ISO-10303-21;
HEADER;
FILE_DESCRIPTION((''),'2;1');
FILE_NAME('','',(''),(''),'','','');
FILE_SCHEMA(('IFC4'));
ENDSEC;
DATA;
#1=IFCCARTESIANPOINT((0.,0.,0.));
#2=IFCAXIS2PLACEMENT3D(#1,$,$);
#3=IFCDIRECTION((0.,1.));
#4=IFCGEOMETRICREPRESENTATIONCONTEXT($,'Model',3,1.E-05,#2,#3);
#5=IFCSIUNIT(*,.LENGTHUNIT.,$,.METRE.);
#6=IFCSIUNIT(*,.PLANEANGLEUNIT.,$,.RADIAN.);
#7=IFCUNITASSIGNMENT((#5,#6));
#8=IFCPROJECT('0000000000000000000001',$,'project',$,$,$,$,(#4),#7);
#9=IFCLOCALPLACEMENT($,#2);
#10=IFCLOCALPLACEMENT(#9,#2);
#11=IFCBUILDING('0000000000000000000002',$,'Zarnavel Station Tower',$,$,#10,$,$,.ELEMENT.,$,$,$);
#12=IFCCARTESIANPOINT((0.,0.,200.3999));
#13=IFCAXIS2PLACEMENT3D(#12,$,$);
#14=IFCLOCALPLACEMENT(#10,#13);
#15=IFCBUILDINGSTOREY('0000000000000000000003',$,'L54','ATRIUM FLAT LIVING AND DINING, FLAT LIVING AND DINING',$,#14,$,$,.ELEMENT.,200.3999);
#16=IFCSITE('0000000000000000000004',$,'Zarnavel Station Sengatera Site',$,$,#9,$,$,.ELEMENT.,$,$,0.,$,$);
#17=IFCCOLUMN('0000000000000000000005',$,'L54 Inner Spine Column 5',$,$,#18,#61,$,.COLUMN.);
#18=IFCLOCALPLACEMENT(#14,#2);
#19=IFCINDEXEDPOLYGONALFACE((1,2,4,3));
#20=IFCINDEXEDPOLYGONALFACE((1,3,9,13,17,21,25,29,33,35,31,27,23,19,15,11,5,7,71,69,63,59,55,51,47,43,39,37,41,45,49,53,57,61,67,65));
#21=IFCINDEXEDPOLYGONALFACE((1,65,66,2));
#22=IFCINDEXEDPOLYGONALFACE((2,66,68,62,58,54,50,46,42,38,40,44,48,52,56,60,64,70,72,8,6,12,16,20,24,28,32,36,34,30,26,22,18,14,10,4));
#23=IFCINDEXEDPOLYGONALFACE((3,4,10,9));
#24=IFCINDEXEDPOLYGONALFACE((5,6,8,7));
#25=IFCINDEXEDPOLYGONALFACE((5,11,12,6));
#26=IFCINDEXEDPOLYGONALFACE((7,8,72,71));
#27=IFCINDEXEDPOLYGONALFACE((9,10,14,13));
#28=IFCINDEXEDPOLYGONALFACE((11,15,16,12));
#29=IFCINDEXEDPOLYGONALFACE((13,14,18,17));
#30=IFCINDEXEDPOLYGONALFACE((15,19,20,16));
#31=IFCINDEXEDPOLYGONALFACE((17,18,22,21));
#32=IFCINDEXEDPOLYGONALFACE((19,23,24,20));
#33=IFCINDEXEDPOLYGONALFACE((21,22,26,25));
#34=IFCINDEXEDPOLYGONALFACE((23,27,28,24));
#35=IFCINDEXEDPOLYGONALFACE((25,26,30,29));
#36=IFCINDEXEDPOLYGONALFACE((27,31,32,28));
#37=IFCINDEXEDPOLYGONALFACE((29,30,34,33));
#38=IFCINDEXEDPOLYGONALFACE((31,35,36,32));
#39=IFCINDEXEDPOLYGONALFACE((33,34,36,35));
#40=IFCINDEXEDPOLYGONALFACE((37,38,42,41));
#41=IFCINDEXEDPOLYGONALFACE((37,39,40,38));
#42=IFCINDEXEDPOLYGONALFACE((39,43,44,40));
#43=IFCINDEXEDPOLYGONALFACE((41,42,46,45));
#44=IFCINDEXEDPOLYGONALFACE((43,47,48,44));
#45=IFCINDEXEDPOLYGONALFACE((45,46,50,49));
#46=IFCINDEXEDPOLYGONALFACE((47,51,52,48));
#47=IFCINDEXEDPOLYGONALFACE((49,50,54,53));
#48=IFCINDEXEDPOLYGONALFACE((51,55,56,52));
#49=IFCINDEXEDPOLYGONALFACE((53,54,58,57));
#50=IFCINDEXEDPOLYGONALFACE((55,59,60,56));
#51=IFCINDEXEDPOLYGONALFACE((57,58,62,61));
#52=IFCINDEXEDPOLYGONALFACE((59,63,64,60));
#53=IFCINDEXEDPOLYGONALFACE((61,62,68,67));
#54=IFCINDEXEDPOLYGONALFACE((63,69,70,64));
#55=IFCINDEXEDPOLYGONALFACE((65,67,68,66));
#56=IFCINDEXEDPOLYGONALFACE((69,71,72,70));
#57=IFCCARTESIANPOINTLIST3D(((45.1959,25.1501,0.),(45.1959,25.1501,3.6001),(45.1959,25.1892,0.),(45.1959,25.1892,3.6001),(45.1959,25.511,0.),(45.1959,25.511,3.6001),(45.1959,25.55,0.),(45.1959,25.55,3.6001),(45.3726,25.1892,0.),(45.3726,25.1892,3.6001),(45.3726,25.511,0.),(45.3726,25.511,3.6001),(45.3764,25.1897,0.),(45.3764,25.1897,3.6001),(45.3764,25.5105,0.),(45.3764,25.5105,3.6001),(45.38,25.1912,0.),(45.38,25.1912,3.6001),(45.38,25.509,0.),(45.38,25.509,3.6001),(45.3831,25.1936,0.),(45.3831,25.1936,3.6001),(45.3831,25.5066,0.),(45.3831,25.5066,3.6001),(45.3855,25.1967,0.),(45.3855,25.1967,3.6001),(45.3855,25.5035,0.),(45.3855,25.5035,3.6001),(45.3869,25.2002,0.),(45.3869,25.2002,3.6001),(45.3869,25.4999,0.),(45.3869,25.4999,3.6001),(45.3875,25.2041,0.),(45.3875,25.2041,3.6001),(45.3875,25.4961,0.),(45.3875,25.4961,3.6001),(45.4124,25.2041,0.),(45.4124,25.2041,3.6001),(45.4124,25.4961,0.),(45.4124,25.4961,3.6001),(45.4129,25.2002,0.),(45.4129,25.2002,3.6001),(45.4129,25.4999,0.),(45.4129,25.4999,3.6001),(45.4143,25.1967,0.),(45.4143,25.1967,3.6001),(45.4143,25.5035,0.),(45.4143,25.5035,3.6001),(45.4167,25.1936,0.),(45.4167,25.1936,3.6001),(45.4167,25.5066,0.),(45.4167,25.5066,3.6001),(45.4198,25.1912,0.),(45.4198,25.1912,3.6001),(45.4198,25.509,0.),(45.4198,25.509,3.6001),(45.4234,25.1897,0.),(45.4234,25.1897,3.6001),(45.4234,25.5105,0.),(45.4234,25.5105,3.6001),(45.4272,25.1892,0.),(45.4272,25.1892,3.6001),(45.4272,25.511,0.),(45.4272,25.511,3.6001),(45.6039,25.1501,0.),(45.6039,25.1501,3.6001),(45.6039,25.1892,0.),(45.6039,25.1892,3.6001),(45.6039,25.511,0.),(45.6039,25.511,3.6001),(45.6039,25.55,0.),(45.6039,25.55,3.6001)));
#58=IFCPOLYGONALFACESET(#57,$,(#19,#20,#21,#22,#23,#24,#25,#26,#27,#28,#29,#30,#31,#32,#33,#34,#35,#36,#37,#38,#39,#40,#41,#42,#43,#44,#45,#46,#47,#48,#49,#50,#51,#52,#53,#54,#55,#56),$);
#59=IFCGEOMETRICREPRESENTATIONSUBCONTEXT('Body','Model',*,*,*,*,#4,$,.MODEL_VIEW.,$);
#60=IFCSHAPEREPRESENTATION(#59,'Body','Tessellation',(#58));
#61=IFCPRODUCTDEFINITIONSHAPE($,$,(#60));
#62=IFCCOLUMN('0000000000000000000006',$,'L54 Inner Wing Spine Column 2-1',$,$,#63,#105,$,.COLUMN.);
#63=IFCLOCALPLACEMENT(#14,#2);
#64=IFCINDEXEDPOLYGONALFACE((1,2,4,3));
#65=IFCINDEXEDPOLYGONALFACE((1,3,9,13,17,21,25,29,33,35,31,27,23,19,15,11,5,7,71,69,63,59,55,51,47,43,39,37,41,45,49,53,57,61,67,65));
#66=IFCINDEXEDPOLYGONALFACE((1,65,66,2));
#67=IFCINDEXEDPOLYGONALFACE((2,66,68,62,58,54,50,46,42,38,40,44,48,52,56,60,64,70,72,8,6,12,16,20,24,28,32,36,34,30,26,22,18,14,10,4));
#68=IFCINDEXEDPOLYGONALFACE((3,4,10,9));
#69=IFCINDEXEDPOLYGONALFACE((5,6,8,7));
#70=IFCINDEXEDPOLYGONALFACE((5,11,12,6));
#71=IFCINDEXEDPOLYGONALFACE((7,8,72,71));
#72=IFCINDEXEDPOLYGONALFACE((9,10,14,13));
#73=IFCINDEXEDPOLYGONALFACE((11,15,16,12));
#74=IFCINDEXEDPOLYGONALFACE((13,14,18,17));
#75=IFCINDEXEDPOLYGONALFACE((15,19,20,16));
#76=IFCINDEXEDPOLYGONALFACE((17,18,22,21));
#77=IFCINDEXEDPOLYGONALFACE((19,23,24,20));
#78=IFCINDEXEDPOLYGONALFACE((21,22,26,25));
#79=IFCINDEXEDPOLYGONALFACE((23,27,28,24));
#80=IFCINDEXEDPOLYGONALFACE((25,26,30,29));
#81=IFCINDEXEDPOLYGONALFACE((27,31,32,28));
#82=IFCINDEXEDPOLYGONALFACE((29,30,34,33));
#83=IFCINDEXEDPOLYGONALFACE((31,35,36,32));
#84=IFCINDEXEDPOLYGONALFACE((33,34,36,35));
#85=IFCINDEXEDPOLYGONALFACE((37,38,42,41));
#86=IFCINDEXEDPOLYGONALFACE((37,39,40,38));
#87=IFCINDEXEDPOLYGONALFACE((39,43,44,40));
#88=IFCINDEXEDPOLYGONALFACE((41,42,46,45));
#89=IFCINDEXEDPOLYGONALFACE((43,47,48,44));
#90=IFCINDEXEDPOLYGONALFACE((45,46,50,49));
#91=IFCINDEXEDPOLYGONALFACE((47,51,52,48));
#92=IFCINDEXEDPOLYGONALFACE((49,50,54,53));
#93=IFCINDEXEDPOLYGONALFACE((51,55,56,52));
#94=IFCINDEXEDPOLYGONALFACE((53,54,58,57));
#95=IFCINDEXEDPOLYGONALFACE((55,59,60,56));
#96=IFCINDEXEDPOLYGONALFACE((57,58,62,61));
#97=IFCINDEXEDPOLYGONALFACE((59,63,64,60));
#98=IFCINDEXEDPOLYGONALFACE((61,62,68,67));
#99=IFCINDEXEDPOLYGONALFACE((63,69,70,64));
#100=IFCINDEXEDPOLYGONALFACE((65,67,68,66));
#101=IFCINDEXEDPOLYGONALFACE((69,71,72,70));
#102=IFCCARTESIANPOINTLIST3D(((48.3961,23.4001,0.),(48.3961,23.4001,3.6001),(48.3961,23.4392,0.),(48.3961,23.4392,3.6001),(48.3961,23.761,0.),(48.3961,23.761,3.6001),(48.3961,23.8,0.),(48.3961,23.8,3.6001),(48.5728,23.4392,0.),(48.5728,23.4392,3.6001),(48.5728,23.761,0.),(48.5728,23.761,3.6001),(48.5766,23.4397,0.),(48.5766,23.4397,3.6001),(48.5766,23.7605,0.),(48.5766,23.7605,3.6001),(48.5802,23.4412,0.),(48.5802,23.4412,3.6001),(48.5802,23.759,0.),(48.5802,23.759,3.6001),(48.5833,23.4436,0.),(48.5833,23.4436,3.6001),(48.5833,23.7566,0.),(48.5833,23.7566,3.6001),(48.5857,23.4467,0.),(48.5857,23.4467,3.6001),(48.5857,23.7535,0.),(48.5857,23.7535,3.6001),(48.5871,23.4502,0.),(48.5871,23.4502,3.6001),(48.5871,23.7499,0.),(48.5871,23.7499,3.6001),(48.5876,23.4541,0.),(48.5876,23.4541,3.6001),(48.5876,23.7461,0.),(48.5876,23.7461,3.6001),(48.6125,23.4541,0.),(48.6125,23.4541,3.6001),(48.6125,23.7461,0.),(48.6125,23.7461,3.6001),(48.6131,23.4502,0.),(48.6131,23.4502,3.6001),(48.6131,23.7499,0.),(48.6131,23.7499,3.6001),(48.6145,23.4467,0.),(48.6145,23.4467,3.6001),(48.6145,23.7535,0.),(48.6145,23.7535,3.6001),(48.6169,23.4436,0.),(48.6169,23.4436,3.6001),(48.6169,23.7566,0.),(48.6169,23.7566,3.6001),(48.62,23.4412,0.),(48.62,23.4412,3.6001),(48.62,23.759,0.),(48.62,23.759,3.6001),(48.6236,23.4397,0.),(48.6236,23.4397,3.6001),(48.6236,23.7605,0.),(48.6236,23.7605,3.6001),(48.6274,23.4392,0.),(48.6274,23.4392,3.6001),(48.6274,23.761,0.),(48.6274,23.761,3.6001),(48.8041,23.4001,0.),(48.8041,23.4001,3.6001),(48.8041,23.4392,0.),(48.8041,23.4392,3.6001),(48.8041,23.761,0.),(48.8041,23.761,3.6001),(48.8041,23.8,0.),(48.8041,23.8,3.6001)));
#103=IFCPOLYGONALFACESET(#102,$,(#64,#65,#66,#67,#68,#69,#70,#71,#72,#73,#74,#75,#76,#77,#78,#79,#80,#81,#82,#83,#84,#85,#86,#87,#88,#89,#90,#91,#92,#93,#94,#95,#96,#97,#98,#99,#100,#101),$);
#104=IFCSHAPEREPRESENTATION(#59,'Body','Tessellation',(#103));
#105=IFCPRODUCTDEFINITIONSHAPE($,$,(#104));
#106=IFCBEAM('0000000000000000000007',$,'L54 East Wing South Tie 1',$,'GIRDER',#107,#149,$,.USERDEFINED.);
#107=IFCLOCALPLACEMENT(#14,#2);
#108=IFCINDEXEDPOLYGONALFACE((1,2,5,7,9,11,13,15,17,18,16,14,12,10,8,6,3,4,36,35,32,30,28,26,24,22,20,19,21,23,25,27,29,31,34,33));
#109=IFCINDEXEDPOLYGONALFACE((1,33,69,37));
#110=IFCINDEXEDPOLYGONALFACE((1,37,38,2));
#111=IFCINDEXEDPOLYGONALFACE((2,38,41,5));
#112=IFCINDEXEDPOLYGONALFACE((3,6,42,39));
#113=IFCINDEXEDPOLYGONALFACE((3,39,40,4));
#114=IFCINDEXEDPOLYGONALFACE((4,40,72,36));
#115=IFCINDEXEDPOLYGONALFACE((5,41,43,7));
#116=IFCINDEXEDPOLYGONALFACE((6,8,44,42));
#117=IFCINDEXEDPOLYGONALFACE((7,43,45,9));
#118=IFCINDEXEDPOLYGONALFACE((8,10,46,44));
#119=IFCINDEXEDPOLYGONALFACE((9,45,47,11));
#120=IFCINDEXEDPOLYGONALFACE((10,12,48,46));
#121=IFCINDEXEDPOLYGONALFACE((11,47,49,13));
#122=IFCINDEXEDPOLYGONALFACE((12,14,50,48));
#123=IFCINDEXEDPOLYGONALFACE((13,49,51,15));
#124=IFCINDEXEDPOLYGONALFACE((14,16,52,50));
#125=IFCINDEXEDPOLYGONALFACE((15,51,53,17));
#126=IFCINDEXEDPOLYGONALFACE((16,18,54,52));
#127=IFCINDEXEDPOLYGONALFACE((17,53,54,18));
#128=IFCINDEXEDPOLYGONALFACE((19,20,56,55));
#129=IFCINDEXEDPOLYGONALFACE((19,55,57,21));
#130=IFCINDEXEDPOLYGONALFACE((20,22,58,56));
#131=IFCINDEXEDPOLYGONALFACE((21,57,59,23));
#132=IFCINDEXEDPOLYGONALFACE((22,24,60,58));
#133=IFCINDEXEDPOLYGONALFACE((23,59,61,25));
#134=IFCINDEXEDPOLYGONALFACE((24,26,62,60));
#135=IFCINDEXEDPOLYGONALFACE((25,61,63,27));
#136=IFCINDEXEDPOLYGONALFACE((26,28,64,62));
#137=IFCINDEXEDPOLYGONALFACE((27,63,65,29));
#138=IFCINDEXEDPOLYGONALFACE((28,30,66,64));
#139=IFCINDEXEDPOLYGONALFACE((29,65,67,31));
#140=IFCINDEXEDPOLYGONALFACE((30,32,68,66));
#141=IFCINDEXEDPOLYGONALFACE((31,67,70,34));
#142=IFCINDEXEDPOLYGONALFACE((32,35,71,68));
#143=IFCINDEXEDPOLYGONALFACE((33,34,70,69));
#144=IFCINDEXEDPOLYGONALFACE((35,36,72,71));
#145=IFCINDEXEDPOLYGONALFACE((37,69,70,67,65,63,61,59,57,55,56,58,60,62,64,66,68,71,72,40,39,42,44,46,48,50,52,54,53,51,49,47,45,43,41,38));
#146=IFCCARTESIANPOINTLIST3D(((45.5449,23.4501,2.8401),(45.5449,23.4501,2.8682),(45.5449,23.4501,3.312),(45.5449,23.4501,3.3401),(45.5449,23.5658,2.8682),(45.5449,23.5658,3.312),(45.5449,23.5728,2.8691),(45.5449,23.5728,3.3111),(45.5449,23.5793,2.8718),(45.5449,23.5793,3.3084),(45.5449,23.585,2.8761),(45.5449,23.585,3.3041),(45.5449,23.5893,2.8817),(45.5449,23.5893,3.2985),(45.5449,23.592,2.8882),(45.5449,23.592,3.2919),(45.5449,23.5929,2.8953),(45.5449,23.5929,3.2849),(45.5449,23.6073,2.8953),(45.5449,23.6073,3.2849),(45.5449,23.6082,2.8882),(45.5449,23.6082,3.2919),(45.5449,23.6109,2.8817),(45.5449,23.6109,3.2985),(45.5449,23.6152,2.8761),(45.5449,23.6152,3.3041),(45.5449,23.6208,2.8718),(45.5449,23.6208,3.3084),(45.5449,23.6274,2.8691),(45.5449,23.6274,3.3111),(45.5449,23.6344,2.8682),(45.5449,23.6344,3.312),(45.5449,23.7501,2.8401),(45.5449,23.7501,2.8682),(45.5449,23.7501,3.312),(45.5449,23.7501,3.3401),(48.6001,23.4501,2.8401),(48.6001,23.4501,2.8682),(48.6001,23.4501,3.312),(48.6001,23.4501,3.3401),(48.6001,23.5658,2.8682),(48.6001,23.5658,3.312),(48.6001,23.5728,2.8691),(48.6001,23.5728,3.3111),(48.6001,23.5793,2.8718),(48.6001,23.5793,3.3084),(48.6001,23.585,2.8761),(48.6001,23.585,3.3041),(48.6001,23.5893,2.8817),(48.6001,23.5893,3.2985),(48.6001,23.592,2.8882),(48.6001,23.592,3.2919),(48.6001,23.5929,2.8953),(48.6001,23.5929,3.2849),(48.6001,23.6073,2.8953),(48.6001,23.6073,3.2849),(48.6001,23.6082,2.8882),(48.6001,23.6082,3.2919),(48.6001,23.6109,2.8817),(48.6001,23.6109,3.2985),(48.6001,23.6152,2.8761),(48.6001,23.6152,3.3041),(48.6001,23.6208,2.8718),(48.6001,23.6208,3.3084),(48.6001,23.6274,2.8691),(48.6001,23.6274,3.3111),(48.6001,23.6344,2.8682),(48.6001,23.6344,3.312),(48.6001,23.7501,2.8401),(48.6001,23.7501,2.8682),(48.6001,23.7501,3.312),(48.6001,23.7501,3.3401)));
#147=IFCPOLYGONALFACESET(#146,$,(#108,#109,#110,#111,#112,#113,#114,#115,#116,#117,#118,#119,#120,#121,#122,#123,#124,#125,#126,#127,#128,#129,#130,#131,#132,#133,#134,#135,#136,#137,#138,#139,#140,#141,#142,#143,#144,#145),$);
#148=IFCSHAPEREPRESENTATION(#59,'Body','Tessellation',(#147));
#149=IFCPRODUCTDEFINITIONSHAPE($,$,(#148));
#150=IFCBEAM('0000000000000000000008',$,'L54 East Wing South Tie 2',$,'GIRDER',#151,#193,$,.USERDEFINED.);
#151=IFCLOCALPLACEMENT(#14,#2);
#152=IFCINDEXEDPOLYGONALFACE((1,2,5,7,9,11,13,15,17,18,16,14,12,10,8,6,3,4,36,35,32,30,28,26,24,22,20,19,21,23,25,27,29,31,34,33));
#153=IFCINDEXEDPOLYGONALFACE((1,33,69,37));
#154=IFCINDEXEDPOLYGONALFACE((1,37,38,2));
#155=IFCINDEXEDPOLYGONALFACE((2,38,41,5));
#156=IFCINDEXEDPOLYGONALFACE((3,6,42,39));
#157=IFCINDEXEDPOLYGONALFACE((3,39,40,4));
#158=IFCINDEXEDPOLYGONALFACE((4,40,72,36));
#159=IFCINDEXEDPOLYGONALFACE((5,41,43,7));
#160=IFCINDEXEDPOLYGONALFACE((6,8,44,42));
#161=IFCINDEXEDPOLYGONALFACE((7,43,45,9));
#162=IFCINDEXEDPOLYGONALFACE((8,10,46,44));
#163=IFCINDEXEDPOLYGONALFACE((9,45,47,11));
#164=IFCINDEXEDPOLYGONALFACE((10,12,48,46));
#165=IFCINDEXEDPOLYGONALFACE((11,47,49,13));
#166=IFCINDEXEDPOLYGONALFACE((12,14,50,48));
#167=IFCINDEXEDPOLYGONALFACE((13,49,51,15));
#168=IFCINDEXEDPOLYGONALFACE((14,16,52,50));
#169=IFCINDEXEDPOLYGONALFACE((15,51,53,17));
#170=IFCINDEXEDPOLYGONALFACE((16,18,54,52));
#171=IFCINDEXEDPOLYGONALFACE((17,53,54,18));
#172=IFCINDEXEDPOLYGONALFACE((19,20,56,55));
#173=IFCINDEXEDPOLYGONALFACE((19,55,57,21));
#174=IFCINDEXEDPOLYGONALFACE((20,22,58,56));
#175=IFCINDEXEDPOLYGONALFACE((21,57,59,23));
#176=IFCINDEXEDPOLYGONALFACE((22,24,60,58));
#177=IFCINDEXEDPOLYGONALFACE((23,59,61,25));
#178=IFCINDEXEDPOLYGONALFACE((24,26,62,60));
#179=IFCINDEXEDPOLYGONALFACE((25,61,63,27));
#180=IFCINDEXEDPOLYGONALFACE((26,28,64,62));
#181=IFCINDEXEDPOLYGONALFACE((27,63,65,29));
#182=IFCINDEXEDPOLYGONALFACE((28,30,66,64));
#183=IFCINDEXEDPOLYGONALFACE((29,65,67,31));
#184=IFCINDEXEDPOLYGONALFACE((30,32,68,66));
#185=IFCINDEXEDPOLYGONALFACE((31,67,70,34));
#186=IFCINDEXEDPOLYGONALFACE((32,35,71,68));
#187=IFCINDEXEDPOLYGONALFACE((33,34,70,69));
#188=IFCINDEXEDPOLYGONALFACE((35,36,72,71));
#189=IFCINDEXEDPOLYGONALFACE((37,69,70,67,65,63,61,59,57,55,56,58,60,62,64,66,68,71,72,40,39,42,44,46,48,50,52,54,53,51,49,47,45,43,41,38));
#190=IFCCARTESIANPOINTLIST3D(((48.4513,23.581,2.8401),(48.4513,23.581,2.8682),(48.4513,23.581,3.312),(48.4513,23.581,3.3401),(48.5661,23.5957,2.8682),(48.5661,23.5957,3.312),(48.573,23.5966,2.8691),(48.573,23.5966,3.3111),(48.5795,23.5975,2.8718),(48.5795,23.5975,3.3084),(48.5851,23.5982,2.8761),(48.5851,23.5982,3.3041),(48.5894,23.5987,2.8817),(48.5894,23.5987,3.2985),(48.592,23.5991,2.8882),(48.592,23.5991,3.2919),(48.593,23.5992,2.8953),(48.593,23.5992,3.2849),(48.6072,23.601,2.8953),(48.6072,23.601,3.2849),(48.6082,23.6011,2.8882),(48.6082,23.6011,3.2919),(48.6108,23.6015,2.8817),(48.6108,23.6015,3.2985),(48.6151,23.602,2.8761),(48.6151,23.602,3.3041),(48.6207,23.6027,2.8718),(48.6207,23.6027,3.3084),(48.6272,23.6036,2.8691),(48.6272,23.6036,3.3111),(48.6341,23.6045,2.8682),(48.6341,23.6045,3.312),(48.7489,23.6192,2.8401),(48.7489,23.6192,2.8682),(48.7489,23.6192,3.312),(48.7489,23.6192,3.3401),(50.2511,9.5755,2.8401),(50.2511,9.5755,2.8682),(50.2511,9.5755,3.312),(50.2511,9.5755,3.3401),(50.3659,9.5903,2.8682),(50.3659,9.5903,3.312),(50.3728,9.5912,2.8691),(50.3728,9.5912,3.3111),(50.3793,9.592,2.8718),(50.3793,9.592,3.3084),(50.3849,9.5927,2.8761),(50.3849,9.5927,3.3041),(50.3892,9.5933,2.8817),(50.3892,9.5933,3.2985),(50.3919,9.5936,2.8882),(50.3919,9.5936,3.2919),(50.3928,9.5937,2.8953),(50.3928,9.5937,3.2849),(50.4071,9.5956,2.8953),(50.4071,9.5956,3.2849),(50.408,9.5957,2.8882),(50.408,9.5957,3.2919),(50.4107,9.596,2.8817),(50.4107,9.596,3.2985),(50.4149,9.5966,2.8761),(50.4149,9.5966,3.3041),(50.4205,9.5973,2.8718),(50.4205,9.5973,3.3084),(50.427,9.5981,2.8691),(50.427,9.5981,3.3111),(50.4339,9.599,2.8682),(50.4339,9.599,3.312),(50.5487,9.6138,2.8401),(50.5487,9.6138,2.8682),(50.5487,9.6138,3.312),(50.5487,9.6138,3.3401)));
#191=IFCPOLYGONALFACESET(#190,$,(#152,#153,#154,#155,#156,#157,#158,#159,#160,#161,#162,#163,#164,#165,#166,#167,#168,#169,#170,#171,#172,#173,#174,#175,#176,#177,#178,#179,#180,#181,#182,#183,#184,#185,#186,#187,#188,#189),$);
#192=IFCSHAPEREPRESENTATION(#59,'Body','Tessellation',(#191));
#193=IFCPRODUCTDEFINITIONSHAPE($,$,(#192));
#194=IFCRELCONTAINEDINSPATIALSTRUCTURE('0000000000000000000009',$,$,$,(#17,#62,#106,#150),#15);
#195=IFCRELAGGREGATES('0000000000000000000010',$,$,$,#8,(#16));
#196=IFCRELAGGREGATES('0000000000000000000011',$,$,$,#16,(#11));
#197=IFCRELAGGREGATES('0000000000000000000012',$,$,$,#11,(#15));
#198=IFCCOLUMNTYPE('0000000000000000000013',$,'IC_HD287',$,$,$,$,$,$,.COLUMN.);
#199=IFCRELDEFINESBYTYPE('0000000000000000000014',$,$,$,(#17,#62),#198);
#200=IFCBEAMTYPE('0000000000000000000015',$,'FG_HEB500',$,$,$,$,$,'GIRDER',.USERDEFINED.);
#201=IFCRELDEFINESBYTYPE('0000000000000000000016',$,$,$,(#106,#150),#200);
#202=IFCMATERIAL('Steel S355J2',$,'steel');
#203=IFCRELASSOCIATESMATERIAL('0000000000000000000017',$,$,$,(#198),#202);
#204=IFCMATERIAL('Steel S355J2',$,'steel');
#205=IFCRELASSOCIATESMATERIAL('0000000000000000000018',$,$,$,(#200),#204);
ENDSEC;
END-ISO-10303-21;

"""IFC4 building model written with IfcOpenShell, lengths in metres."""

from ifc_helpers import new_model, si_unit, direction, frame, origin, origin_2d, place, context, subcontext, project, spatial, i_section, extrude, material, material_profile, profile_set, type_object, element, save


model = new_model("IFC4")

# Units and contexts
model_context = context("Model", 3, precision=1e-05, world=origin(), true_north=direction((0.0, 1.0)))
body_context = subcontext(model_context, "Body", "Model", "MODEL_VIEW")
ifc_project = project(units=[si_unit("LENGTHUNIT", "METRE"), si_unit("PLANEANGLEUNIT", "RADIAN")], contexts=[model_context])

# Site, building, storey
site_placement = place(None, origin())
site = spatial("IfcSite", under=ifc_project, at=site_placement, Name="Zarnavel Station Sengatera Site", CompositionType="ELEMENT", RefElevation=0.0)
building_placement = place(site_placement, origin())
building = spatial("IfcBuilding", under=site, at=building_placement, Name="Zarnavel Station Tower", CompositionType="ELEMENT")
storey_placement = place(building_placement, frame((0.0, 0.0, 200.3999)))
storey = spatial("IfcBuildingStorey", under=building, at=storey_placement, Name="L54", Description="ATRIUM FLAT LIVING AND DINING, FLAT LIVING AND DINING", CompositionType="ELEMENT", Elevation=200.3999)

# Columns
ifc_material_1 = material(Name="Steel S355J2", Category="steel")
ifc_material_profile_1 = material_profile(ifc_material_1, i_section(OverallWidth=0.408, OverallDepth=0.3999, WebThickness=0.0249, FlangeThickness=0.0391, FilletRadius=0.0149, at=origin_2d()), Name="HD400x287")
ifc_profile_set_1 = profile_set([ifc_material_profile_1], Name="Steel S355J2")
column_type = type_object("IfcColumnType", Name="IC_HD287", PredefinedType="COLUMN", material=ifc_profile_set_1)
for number, where, z_axis, x_axis, name in (
    (1, (45.3999, 25.3501, 0.0), (0.0, 0.0, 1.0), (1.0, 0.0, 0.0), "L54 Inner Spine Column 5"),
    (2, (48.6001, 23.6001, 0.0), (0.0, 0.0, 1.0), (1.0, 0.0, 0.0), "L54 Inner Wing Spine Column 2-1"),
):
    element("IfcColumn", number, at=place(storey_placement, frame(where, z_axis=z_axis, x_axis=x_axis)), inside=storey, type_object=column_type, Name=name, PredefinedType="COLUMN", context=body_context, shape_type="SweptSolid", body=[
        extrude(i_section(OverallWidth=0.408, OverallDepth=0.3999, WebThickness=0.0249, FlangeThickness=0.0391, FilletRadius=0.0149, at=origin_2d()), origin(), (0.0, 0.0, 1.0), 3.6001),
    ])

# Beams
ifc_material_2 = material(Name="Steel S355J2", Category="steel")
ifc_material_profile_2 = material_profile(ifc_material_2, i_section(OverallWidth=0.3, OverallDepth=0.5, WebThickness=0.0144, FlangeThickness=0.0281, FilletRadius=0.0271, at=origin_2d()), Name="HEB500")
ifc_profile_set_2 = profile_set([ifc_material_profile_2], Name="Steel S355J2")
beam_type_1 = type_object("IfcBeamType", Name="FG_HEB500", ElementType="GIRDER", PredefinedType="USERDEFINED", material=ifc_profile_set_2)
beam_1_placement = place(storey_placement, frame((45.5449, 23.6001, 3.0901), z_axis=(1.0, 0.0, 0.0), x_axis=(0.0, 1.0, 0.0)))
element("IfcBeam", 3, at=beam_1_placement, inside=storey, type_object=beam_type_1, Name="L54 East Wing South Tie 1", ObjectType="GIRDER", PredefinedType="USERDEFINED", context=body_context, shape_type="SweptSolid", body=[
    extrude(i_section(OverallWidth=0.3, OverallDepth=0.5, WebThickness=0.0144, FlangeThickness=0.0281, FilletRadius=0.0271, at=origin_2d()), origin(), (0.0, 0.0, 1.0), 3.0552),
])
beam_2_placement = place(storey_placement, frame((48.6001, 23.6001, 3.0901), z_axis=(0.12746, -0.991844, 0.0), x_axis=(0.991844, 0.12746, 0.0)))
element("IfcBeam", 4, at=beam_2_placement, inside=storey, type_object=beam_type_1, Name="L54 East Wing South Tie 2", ObjectType="GIRDER", PredefinedType="USERDEFINED", context=body_context, shape_type="SweptSolid", body=[
    extrude(i_section(OverallWidth=0.3, OverallDepth=0.5, WebThickness=0.0144, FlangeThickness=0.0281, FilletRadius=0.0271, at=origin_2d()), origin(), (0.0, 0.0, 1.0), 14.1206),
])

save(model, "model.ifc")
